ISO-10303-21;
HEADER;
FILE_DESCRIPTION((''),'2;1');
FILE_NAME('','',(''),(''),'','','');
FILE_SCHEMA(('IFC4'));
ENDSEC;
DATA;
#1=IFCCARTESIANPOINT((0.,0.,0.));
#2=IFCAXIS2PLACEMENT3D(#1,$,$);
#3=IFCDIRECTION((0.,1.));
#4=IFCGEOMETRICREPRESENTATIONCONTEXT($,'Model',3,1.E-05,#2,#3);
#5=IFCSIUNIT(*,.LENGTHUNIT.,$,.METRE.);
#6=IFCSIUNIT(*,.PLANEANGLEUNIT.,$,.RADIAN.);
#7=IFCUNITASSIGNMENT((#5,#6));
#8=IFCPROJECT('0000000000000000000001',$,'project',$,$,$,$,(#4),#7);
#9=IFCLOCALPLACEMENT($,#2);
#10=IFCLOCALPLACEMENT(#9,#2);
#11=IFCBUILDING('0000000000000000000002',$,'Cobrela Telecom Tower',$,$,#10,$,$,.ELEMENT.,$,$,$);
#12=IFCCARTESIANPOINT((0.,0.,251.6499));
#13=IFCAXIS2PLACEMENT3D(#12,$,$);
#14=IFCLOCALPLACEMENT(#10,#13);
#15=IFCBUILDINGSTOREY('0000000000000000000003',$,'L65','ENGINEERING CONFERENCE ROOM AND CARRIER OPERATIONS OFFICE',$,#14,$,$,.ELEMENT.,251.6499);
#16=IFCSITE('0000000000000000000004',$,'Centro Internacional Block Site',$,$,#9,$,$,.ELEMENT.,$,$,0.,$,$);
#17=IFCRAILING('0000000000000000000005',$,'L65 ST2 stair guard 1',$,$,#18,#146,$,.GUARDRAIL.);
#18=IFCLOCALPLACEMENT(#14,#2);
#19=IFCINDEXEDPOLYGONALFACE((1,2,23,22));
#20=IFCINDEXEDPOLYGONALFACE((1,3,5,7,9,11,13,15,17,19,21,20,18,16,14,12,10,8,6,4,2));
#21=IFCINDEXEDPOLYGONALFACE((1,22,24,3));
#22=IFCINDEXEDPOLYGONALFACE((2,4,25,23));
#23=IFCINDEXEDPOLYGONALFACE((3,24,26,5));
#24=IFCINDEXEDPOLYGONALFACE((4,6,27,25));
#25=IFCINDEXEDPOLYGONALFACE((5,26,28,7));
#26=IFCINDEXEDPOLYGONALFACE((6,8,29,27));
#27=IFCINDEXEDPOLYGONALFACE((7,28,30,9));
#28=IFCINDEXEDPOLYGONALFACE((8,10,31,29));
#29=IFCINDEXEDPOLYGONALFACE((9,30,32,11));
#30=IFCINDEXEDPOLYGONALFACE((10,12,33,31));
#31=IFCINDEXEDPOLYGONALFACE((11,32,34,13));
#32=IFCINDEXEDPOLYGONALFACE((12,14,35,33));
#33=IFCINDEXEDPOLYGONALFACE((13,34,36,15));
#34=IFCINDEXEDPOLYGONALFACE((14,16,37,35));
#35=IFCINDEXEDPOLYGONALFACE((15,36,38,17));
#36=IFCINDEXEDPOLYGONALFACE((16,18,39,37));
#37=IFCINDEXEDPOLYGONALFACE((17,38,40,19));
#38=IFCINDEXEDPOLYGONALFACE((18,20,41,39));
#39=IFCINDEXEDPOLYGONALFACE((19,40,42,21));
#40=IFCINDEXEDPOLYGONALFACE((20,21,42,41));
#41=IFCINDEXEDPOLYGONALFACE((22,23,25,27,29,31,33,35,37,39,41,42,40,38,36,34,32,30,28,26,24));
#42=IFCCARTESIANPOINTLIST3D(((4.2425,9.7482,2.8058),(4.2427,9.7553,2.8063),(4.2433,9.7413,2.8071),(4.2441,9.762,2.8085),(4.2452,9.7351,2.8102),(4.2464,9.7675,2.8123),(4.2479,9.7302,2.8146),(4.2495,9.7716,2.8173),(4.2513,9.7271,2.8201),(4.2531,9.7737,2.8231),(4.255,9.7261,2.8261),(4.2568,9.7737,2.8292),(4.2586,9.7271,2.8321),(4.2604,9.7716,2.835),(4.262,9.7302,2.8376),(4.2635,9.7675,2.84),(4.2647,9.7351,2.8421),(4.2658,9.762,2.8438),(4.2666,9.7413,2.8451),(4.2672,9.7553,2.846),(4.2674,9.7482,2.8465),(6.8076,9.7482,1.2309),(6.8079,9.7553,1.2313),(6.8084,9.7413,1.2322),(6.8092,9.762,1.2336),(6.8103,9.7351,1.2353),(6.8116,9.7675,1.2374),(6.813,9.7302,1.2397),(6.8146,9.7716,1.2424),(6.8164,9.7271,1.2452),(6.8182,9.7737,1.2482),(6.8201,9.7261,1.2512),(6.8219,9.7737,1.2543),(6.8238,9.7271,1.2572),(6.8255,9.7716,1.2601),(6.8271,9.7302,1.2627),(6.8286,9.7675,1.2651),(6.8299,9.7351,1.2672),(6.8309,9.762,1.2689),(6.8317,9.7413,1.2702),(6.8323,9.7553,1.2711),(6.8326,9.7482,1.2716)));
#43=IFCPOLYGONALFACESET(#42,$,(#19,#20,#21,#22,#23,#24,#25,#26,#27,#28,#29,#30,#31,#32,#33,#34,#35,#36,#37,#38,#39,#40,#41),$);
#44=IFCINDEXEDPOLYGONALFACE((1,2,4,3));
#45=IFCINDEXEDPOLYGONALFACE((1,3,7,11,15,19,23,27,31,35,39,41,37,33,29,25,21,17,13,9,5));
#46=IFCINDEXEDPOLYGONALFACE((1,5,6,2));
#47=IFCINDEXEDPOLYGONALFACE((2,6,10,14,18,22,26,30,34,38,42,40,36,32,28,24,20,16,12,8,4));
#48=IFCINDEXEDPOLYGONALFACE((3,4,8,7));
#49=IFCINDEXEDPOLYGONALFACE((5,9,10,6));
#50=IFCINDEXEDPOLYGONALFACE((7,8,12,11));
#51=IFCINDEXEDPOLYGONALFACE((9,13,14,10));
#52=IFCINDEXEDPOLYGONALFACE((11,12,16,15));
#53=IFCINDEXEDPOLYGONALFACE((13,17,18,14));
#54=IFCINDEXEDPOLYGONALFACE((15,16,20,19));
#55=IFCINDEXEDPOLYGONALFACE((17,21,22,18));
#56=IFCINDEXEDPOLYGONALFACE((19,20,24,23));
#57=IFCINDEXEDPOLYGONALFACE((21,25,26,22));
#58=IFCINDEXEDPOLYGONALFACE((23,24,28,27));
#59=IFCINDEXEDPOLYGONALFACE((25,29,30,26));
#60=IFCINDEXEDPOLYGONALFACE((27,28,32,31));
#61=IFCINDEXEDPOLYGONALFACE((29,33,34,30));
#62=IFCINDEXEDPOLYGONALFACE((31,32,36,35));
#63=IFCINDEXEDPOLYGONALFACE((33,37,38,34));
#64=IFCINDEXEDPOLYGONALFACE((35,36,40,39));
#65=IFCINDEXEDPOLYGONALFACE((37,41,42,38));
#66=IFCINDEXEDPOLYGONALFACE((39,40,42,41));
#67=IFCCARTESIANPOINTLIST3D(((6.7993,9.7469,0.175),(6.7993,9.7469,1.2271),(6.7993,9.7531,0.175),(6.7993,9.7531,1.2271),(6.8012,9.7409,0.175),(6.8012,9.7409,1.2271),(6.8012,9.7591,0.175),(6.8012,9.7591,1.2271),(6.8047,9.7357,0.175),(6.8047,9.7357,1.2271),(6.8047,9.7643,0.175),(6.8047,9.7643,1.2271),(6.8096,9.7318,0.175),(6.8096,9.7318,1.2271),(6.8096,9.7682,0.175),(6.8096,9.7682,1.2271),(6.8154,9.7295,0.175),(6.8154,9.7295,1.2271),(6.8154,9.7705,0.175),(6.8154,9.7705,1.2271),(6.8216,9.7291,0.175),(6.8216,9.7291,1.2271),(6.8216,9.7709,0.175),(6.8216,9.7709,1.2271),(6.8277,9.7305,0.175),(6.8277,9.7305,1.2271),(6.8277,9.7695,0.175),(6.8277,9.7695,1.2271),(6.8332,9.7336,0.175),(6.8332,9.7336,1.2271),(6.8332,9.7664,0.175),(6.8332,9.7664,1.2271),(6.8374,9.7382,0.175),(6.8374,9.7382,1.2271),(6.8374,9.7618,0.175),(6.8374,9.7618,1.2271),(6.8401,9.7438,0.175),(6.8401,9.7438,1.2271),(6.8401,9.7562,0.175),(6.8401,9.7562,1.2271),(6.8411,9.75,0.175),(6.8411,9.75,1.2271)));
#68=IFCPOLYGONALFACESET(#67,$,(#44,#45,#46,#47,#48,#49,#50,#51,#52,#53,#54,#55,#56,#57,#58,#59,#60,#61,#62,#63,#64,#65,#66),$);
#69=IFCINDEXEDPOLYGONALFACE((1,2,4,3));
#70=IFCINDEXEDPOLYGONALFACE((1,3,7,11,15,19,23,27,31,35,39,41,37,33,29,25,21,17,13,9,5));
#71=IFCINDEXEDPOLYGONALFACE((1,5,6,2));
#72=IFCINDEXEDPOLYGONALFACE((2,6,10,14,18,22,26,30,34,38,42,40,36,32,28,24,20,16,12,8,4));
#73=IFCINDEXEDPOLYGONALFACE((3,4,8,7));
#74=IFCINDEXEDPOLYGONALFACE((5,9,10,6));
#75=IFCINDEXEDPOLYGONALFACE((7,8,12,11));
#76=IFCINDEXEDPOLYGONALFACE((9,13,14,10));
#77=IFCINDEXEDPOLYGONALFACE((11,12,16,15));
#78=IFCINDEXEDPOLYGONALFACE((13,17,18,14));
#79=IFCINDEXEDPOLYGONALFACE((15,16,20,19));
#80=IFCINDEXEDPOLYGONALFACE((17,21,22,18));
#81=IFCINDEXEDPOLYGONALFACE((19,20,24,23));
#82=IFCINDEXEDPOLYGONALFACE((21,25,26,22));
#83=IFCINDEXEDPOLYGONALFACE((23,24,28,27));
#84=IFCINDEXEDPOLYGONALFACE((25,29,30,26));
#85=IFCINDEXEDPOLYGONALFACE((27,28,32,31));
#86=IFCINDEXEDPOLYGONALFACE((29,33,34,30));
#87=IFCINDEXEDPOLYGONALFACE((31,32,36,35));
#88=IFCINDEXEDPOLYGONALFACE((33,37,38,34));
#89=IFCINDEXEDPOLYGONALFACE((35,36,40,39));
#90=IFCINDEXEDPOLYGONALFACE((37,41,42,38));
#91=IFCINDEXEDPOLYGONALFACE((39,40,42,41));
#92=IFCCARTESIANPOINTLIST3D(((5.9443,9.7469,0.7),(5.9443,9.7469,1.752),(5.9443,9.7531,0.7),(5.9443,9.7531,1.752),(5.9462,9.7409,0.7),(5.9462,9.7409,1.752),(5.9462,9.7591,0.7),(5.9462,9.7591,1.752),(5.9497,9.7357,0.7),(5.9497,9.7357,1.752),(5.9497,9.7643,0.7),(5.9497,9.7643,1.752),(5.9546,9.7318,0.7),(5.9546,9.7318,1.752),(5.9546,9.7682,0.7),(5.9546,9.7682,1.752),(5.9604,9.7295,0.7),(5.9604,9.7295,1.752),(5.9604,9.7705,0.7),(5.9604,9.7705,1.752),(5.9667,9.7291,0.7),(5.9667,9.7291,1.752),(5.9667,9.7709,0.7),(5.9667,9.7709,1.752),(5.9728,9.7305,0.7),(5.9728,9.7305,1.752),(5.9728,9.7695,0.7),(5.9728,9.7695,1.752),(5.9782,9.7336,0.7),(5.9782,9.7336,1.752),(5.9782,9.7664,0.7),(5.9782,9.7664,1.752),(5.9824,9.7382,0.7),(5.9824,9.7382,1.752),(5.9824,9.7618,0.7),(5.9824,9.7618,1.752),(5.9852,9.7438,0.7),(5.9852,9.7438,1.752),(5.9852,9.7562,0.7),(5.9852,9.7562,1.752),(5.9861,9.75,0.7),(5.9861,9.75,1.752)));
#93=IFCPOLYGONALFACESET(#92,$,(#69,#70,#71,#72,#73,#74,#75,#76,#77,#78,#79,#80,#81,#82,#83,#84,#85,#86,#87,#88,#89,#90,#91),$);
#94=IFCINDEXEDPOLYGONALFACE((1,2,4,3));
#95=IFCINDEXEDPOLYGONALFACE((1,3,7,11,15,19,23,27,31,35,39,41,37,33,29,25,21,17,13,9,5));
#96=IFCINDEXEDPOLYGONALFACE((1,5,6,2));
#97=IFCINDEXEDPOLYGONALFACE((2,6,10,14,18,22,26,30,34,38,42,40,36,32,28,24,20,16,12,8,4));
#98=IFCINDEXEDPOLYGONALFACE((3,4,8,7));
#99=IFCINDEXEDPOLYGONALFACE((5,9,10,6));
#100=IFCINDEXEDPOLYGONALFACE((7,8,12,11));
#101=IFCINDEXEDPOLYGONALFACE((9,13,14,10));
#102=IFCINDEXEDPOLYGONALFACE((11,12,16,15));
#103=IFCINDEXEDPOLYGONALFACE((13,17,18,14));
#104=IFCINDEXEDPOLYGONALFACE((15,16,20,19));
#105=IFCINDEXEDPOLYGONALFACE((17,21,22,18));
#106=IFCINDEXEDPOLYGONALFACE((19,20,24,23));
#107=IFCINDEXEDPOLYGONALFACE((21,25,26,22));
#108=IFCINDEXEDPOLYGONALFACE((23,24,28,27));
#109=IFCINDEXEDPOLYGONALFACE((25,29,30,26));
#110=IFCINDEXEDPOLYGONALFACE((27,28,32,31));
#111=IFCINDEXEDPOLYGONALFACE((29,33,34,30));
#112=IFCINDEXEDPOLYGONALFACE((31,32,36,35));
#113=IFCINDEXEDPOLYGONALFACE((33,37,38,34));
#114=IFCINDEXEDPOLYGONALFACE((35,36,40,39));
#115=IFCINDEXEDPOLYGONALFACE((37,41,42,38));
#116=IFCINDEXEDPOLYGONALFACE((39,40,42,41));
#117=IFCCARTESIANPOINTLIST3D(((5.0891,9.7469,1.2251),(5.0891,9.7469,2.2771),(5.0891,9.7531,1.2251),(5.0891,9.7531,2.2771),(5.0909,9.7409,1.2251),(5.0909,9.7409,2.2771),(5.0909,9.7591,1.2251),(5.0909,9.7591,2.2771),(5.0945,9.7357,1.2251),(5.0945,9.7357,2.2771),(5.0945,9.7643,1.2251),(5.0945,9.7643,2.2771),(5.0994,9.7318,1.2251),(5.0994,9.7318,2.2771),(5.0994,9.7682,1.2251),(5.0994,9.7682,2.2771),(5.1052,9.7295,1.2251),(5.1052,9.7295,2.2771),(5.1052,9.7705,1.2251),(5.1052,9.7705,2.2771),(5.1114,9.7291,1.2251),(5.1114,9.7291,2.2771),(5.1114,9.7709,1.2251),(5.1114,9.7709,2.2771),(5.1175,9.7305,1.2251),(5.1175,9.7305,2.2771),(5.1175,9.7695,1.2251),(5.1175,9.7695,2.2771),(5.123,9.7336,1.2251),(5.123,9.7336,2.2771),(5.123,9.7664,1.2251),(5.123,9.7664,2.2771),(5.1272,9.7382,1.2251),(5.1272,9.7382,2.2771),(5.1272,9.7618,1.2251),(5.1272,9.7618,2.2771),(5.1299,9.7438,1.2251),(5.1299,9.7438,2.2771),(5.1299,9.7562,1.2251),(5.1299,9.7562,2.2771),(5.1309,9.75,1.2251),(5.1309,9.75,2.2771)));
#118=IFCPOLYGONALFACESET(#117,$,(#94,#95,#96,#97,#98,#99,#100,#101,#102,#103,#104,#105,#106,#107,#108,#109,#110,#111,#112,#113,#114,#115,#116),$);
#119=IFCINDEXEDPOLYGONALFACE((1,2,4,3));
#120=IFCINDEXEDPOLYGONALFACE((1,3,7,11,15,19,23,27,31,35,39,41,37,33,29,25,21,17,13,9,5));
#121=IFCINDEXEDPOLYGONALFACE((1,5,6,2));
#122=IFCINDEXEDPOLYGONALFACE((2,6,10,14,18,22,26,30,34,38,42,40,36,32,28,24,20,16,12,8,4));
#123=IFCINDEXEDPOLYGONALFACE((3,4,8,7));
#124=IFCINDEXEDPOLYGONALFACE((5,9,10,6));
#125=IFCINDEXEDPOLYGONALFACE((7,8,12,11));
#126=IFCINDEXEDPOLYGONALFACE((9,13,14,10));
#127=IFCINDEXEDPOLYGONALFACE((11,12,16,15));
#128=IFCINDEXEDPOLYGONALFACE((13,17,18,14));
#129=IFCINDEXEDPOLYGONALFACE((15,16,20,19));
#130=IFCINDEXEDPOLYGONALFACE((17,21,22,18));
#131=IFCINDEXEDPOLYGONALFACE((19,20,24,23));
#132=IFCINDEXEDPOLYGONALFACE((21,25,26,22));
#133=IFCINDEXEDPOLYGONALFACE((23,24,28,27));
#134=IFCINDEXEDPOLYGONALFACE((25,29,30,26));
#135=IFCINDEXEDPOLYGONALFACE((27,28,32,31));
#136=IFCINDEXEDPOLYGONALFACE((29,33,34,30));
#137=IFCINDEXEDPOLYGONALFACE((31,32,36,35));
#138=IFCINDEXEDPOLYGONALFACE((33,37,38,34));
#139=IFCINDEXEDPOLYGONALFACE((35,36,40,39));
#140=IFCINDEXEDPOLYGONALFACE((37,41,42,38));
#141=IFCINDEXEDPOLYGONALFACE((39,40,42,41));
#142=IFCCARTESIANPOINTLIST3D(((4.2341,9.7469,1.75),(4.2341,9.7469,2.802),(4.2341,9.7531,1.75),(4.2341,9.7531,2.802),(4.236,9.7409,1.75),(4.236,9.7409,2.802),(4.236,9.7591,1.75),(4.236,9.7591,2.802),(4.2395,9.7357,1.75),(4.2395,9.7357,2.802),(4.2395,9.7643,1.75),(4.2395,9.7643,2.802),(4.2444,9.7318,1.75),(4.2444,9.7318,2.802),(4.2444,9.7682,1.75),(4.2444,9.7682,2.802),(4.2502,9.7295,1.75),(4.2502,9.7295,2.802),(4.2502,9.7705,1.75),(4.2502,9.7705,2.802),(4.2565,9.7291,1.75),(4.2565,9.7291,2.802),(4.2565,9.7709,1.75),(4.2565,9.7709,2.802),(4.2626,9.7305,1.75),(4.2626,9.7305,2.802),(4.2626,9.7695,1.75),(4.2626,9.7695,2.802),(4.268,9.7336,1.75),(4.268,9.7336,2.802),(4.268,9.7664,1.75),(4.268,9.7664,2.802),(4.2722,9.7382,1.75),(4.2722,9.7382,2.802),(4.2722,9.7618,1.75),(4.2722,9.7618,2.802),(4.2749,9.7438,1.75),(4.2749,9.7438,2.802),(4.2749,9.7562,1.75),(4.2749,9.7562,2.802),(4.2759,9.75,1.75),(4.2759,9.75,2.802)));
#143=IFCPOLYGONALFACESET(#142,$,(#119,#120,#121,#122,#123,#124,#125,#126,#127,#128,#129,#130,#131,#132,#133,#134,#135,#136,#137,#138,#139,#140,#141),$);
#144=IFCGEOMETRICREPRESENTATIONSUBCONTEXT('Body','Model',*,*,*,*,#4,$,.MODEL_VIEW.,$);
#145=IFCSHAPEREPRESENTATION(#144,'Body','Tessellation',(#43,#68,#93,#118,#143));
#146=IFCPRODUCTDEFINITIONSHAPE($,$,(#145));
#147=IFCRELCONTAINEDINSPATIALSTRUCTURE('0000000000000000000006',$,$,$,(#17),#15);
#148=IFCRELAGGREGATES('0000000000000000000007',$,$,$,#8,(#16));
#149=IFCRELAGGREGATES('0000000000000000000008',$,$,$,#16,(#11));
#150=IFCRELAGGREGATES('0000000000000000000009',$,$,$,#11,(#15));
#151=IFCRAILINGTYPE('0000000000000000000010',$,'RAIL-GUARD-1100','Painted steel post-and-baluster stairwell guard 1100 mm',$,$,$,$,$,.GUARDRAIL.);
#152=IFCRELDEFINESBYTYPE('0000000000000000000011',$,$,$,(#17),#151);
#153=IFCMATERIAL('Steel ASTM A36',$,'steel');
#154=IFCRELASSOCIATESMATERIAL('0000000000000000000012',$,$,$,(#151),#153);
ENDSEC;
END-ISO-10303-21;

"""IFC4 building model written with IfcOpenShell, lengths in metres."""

from ifc_helpers import new_model, si_unit, direction, frame, origin, origin_2d, place, context, subcontext, project, spatial, circle, extrude, material, type_object, element, save


model = new_model("IFC4")

# Units and contexts
model_context = context("Model", 3, precision=1e-05, world=origin(), true_north=direction((0.0, 1.0)))
body_context = subcontext(model_context, "Body", "Model", "MODEL_VIEW")
ifc_project = project(units=[si_unit("LENGTHUNIT", "METRE"), si_unit("PLANEANGLEUNIT", "RADIAN")], contexts=[model_context])

# Site, building, storey
site_placement = place(None, origin())
site = spatial("IfcSite", under=ifc_project, at=site_placement, Name="Centro Internacional Block Site", CompositionType="ELEMENT", RefElevation=0.0)
building_placement = place(site_placement, origin())
building = spatial("IfcBuilding", under=site, at=building_placement, Name="Cobrela Telecom Tower", CompositionType="ELEMENT")
storey_placement = place(building_placement, frame((0.0, 0.0, 251.6499)))
storey = spatial("IfcBuildingStorey", under=building, at=storey_placement, Name="L65", Description="ENGINEERING CONFERENCE ROOM AND CARRIER OPERATIONS OFFICE", CompositionType="ELEMENT", Elevation=251.6499)

# Railing
ifc_material_1 = material(Name="Steel ASTM A36", Category="steel")
railing_type_1 = type_object("IfcRailingType", Name="RAIL-GUARD-1100", Description="Painted steel post-and-baluster stairwell guard 1100 mm", PredefinedType="GUARDRAIL", material=ifc_material_1)
railing_1_placement = place(storey_placement, frame((6.8201, 9.75, 0.175)))
element("IfcRailing", 1, at=railing_1_placement, inside=storey, type_object=railing_type_1, Name="L65 ST2 stair guard 1", PredefinedType="GUARDRAIL", context=body_context, shape_type="SweptSolid", body=[
    extrude(circle(Radius=0.0239, at=origin_2d()), frame((0.0, 0.0, 1.0762), z_axis=(-0.852195, 0.0, 0.523224), x_axis=(0.0, -1.0, 0.0)), (0.0, 0.0, 1.0), 3.01),
    extrude(circle(Radius=0.021, at=origin_2d()), origin(), (0.0, 0.0, 1.0), 1.052),
    extrude(circle(Radius=0.021, at=origin_2d()), frame((-0.855, 0.0, 0.5249)), (0.0, 0.0, 1.0), 1.052),
    extrude(circle(Radius=0.021, at=origin_2d()), frame((-1.7102, 0.0, 1.05)), (0.0, 0.0, 1.0), 1.052),
    extrude(circle(Radius=0.021, at=origin_2d()), frame((-2.5652, 0.0, 1.575)), (0.0, 0.0, 1.0), 1.052),
])

save(model, "model.ifc")
